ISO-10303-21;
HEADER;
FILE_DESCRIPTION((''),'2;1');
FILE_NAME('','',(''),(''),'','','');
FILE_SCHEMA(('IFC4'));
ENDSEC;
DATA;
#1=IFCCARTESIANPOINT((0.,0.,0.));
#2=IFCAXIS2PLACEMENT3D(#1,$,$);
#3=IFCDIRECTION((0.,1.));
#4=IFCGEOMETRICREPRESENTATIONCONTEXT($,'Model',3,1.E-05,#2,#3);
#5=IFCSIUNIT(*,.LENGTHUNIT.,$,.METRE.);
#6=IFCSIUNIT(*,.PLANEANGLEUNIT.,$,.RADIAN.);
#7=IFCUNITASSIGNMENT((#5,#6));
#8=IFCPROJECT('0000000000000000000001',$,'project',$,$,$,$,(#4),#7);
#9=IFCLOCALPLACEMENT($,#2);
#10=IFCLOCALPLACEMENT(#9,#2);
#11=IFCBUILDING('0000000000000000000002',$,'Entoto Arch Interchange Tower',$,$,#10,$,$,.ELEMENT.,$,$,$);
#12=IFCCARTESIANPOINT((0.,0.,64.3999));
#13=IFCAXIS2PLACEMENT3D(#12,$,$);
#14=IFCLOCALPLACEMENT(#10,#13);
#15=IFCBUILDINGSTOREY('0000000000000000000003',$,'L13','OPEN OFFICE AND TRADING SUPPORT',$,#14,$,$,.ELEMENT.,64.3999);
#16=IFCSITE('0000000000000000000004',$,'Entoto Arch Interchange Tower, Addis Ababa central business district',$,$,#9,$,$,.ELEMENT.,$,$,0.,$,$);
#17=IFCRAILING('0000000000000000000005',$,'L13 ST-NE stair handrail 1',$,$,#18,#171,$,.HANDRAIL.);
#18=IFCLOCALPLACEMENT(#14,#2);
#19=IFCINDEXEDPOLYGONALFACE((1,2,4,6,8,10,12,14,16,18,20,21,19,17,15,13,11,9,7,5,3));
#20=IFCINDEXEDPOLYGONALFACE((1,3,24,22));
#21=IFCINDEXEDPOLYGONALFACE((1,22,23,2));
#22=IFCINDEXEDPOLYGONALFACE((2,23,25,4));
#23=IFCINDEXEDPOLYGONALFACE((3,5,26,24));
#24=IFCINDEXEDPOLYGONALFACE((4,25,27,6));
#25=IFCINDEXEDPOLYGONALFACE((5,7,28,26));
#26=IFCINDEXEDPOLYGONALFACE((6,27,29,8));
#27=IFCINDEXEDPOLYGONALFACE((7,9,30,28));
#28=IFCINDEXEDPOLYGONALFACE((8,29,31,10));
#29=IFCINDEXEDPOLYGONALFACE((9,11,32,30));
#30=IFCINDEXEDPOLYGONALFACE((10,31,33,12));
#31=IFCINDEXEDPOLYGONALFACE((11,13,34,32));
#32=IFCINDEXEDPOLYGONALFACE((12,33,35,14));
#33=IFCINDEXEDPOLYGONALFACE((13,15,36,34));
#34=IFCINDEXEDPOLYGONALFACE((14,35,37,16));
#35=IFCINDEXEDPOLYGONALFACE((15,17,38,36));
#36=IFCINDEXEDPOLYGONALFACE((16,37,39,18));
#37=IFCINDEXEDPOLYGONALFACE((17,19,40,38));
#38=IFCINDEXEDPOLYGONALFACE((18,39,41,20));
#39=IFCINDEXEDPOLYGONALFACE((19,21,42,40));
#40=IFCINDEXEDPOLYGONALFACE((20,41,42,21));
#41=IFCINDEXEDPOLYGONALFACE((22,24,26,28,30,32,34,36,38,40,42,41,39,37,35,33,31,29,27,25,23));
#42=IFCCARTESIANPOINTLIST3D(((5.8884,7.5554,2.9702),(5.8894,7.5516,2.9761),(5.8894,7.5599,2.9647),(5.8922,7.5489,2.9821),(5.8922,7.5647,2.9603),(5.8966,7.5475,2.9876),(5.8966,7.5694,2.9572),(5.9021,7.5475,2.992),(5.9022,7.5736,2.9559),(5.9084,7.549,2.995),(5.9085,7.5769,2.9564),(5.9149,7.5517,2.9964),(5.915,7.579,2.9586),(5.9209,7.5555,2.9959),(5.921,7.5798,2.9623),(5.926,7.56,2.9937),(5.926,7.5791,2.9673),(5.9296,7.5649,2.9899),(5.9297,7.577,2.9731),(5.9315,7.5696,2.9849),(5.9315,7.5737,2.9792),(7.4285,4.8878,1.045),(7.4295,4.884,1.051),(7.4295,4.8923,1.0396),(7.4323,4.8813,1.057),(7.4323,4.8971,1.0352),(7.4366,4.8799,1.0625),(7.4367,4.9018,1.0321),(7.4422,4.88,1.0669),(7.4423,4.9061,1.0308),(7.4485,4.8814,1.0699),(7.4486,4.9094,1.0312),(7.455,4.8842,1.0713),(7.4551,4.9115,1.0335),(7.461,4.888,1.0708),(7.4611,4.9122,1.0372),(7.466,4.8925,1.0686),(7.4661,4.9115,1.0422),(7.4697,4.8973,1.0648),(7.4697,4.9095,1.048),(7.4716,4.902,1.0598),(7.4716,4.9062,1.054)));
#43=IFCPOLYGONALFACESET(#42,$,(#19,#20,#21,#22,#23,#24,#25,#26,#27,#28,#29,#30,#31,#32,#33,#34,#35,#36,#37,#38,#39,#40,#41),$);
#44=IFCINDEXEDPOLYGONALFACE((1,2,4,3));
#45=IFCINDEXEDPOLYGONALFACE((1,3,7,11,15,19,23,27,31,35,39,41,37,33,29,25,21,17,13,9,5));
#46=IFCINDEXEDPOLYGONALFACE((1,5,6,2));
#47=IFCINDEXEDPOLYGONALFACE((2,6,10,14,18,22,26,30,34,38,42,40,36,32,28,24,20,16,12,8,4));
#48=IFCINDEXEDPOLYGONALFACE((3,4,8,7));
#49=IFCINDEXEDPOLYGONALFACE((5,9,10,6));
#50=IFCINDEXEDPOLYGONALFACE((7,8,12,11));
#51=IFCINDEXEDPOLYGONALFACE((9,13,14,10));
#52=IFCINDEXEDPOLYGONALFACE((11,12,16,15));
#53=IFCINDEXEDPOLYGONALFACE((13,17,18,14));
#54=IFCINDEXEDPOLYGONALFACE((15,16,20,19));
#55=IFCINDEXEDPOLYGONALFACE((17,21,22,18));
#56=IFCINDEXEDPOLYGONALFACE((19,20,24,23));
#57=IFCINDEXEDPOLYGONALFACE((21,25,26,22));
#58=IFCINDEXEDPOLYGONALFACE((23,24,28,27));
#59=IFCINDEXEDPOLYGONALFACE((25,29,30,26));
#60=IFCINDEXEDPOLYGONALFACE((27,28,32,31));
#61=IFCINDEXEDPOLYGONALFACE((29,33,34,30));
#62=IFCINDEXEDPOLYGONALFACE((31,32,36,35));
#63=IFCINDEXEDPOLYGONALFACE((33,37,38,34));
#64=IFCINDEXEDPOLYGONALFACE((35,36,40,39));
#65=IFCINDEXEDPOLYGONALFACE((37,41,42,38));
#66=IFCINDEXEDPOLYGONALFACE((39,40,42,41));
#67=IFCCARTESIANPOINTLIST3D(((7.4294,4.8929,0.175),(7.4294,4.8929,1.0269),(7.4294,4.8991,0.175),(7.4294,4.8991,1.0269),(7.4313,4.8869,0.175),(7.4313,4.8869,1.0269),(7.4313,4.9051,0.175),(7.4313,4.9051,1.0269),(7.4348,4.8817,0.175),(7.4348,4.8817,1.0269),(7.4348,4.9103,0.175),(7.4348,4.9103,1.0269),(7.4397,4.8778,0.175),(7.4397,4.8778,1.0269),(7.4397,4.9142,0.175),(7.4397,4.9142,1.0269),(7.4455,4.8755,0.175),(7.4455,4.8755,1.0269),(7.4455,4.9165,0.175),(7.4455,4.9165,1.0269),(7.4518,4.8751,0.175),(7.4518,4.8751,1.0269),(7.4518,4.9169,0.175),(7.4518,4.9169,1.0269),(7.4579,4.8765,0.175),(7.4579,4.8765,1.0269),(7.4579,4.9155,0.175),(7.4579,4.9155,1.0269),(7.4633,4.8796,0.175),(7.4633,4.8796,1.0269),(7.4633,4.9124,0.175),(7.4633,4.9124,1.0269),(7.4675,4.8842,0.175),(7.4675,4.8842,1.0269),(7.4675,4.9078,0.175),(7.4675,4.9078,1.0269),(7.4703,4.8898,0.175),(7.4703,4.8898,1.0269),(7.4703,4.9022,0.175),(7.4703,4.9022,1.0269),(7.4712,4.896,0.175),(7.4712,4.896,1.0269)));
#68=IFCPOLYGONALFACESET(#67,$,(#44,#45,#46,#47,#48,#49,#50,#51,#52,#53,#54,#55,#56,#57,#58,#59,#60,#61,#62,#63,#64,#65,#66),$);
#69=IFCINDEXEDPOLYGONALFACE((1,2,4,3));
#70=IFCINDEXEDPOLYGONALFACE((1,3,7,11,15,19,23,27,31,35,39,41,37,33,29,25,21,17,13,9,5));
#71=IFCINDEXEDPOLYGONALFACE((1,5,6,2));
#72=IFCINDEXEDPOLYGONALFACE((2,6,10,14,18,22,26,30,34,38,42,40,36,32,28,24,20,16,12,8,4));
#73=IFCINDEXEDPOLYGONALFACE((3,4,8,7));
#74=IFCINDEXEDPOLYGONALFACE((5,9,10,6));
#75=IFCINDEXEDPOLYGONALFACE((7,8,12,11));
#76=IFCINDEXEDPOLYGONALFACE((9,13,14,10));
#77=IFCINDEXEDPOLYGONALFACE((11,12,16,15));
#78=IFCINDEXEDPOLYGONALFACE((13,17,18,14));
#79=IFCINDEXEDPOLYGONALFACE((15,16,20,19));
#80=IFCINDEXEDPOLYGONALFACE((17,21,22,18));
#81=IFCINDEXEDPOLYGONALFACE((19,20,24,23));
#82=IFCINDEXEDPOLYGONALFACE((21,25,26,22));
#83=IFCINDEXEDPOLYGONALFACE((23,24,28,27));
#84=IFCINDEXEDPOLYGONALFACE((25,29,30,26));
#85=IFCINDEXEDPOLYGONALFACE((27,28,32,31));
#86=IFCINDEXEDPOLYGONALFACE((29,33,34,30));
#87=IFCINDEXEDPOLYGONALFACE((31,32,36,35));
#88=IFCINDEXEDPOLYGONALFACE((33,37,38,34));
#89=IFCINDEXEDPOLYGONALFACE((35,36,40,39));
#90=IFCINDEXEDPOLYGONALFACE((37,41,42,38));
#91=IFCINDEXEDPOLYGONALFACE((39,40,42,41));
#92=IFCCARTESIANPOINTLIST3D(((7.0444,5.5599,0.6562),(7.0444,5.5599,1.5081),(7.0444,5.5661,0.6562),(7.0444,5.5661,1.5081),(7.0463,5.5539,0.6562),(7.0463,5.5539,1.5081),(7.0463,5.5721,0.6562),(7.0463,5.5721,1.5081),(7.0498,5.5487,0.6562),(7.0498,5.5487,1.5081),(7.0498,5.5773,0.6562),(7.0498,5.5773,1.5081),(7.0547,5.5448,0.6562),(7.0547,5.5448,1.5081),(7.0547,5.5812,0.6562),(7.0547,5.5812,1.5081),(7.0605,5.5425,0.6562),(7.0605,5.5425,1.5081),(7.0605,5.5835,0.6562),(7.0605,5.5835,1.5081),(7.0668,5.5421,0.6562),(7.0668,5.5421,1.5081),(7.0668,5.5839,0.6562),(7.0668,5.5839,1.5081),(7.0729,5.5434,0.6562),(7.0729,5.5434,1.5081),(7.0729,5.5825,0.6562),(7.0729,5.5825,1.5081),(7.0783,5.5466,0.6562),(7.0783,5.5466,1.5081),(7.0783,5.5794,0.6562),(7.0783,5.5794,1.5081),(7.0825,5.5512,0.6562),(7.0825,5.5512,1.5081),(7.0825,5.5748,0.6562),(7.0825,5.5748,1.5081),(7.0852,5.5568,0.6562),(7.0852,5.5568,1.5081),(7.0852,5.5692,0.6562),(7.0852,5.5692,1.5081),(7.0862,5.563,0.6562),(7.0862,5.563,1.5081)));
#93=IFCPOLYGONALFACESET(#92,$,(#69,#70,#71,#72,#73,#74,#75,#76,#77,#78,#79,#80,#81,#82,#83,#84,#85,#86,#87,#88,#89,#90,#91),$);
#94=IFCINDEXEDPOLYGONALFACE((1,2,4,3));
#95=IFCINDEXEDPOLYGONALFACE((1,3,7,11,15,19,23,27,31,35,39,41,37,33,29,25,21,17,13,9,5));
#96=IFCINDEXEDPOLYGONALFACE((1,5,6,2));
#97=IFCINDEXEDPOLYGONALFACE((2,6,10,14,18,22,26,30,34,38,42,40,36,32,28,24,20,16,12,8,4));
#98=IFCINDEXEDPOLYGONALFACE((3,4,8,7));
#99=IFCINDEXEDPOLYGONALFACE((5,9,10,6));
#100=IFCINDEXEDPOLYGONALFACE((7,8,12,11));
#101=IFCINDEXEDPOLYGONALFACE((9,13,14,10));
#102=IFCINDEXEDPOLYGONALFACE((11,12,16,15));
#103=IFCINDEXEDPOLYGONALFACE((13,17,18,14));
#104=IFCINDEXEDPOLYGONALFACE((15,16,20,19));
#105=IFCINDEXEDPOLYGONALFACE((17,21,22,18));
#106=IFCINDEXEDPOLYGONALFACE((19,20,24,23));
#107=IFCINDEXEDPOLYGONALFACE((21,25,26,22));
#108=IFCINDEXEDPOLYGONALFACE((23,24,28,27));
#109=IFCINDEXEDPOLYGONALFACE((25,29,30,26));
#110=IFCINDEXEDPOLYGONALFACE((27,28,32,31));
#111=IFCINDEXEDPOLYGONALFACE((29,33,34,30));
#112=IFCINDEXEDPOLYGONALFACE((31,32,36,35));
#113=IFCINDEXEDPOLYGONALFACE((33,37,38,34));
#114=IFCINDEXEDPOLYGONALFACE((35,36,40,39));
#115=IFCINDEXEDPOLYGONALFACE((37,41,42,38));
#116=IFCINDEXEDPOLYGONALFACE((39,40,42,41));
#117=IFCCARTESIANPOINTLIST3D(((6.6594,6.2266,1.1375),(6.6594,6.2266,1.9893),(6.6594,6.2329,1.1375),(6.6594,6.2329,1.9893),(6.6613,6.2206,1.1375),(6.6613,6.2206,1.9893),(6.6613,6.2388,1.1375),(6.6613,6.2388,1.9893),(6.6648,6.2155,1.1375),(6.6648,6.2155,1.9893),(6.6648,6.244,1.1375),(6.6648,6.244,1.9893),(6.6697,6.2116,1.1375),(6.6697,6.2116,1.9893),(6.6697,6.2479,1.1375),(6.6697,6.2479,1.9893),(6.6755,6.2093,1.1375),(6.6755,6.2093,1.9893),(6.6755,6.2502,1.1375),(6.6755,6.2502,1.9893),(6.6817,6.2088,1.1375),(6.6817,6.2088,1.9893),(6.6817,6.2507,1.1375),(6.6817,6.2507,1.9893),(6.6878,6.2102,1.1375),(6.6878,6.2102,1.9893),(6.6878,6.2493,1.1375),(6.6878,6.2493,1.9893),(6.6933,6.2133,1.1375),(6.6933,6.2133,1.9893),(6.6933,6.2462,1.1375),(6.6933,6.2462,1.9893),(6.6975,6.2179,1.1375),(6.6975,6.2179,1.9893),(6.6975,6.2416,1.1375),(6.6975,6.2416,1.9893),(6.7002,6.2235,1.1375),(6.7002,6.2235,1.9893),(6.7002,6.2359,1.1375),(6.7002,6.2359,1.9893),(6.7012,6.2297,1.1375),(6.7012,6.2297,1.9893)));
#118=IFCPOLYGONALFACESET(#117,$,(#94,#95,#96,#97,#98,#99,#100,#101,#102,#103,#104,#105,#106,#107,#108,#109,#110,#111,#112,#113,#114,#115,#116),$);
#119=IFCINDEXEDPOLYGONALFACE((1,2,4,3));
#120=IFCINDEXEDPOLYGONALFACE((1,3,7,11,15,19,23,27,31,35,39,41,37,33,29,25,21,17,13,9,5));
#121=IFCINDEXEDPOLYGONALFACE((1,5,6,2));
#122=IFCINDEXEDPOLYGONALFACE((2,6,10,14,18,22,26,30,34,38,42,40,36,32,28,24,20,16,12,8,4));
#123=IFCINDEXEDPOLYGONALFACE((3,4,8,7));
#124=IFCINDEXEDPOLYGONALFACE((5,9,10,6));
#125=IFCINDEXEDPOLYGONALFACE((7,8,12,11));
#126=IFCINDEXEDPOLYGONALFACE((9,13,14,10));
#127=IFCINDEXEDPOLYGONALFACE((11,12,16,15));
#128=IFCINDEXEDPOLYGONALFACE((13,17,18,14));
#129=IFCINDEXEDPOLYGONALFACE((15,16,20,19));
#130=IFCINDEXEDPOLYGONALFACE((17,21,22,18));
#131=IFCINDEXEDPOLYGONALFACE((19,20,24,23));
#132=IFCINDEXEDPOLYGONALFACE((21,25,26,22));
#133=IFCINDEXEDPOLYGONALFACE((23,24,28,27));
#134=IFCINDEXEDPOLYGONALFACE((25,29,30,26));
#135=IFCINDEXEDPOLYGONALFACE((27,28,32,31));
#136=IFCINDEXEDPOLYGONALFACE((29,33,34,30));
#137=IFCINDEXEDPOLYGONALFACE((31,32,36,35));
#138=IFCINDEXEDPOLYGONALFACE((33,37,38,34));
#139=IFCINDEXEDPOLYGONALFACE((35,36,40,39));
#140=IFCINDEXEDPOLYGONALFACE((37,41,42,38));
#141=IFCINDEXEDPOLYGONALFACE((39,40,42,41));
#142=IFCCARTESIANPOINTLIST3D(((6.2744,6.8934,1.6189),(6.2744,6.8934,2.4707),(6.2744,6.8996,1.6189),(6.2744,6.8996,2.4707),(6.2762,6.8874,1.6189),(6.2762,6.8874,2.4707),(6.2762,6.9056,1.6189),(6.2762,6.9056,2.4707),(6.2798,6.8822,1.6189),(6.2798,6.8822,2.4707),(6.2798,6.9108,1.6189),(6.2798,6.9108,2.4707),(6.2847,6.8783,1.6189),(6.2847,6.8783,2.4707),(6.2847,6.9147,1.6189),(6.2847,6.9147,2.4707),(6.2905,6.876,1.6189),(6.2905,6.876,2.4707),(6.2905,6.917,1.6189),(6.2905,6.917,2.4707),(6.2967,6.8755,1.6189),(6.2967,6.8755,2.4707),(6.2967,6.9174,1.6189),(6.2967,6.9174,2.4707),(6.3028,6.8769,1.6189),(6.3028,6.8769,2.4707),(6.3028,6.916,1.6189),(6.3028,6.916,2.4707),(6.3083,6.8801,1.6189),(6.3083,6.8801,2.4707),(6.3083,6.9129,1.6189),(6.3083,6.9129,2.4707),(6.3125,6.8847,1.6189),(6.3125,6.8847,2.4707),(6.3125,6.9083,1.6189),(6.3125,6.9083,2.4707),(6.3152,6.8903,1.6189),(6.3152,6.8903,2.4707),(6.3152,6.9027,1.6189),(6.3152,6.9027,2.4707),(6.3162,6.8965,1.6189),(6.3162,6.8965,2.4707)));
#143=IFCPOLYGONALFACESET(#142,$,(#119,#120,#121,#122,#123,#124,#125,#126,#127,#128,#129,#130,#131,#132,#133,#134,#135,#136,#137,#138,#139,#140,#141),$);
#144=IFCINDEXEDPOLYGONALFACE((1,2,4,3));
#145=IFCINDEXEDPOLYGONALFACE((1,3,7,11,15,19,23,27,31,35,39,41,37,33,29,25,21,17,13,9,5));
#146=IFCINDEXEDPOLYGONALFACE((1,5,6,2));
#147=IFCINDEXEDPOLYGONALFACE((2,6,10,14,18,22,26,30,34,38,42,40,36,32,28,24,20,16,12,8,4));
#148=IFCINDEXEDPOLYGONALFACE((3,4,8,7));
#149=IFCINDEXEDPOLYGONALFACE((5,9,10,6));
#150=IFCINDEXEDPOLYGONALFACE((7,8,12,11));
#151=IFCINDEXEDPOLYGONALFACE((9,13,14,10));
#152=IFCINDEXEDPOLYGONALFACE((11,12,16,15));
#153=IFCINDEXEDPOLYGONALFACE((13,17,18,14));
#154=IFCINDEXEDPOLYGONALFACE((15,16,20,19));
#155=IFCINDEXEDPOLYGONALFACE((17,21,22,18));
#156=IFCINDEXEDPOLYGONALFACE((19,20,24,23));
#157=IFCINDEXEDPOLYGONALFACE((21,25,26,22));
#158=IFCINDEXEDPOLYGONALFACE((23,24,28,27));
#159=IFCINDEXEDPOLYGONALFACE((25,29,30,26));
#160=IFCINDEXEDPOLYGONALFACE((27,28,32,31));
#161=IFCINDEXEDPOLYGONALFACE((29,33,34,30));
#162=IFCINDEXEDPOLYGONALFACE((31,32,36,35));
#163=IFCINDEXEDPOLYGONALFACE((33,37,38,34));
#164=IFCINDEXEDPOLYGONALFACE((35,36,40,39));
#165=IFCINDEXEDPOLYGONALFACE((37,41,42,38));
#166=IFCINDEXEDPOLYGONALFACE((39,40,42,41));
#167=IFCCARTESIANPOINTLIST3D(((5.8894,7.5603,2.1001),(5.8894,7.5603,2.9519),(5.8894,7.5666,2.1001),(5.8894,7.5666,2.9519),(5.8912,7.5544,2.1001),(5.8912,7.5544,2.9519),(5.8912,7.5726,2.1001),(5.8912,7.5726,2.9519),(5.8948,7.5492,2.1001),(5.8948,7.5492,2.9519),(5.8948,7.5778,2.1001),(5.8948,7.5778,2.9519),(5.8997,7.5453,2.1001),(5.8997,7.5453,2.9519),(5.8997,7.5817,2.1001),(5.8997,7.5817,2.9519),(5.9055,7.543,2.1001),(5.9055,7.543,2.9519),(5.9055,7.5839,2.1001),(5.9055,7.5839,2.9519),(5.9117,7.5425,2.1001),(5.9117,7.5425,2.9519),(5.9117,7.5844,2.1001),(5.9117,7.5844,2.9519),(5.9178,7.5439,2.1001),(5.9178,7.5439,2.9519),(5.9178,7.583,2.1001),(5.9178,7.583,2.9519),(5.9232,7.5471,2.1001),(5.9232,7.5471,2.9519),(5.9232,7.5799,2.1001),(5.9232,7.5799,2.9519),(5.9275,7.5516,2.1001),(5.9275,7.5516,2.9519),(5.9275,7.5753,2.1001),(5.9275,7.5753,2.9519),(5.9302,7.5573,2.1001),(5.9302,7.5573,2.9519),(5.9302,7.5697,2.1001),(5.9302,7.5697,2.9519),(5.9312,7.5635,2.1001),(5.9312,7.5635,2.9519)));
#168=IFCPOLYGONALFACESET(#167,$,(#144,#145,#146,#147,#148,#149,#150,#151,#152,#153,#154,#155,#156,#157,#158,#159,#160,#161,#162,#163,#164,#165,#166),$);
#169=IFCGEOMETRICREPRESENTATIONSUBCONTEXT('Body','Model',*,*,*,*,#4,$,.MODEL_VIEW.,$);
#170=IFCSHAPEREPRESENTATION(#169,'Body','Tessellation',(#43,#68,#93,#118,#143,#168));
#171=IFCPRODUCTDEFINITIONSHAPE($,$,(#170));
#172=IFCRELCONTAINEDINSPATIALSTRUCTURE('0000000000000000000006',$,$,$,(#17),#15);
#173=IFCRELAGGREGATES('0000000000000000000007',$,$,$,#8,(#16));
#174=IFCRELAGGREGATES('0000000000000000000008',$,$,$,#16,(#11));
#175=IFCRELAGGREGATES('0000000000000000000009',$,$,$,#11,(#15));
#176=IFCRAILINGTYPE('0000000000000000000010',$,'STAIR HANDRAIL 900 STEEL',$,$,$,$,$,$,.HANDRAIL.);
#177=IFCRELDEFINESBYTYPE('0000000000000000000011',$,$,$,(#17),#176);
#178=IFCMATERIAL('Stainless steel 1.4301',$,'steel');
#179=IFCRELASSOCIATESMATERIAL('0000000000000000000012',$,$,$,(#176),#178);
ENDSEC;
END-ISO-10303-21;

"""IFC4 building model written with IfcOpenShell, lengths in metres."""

from ifc_helpers import new_model, si_unit, direction, frame, origin, origin_2d, place, context, subcontext, project, spatial, circle, extrude, material, type_object, element, save


model = new_model("IFC4")

# Units and contexts
model_context = context("Model", 3, precision=1e-05, world=origin(), true_north=direction((0.0, 1.0)))
body_context = subcontext(model_context, "Body", "Model", "MODEL_VIEW")
ifc_project = project(units=[si_unit("LENGTHUNIT", "METRE"), si_unit("PLANEANGLEUNIT", "RADIAN")], contexts=[model_context])

# Site, building, storey
site_placement = place(None, origin())
site = spatial("IfcSite", under=ifc_project, at=site_placement, Name="Entoto Arch Interchange Tower, Addis Ababa central business district", CompositionType="ELEMENT", RefElevation=0.0)
building_placement = place(site_placement, origin())
building = spatial("IfcBuilding", under=site, at=building_placement, Name="Entoto Arch Interchange Tower", CompositionType="ELEMENT")
storey_placement = place(building_placement, frame((0.0, 0.0, 64.3999)))
storey = spatial("IfcBuildingStorey", under=building, at=storey_placement, Name="L13", Description="OPEN OFFICE AND TRADING SUPPORT", CompositionType="ELEMENT", Elevation=64.3999)

# Railing
ifc_material_1 = material(Name="Stainless steel 1.4301", Category="steel")
railing_type_1 = type_object("IfcRailingType", Name="STAIR HANDRAIL 900 STEEL", PredefinedType="HANDRAIL", material=ifc_material_1)
railing_1_placement = place(storey_placement, frame((7.4502, 4.896, 0.175)))
element("IfcRailing", 1, at=railing_1_placement, inside=storey, type_object=railing_type_1, Name="L13 ST-NE stair handrail 1", PredefinedType="HANDRAIL", context=body_context, shape_type="SweptSolid", body=[
    extrude(circle(Radius=0.0239, at=origin_2d()), frame((0.0, 0.0, 0.876), z_axis=(-0.423994, 0.734395, 0.529993), x_axis=(-0.86603, -0.499992, 0.0)), (0.0, 0.0, 1.0), 3.6323),
    extrude(circle(Radius=0.021, at=origin_2d()), origin(), (0.0, 0.0, 1.0), 0.8518),
    extrude(circle(Radius=0.021, at=origin_2d()), frame((-0.385, 0.667, 0.4812)), (0.0, 0.0, 1.0), 0.8518),
    extrude(circle(Radius=0.021, at=origin_2d()), frame((-0.77, 1.3337, 0.9624)), (0.0, 0.0, 1.0), 0.8518),
    extrude(circle(Radius=0.021, at=origin_2d()), frame((-1.155, 2.0005, 1.4438)), (0.0, 0.0, 1.0), 0.8518),
    extrude(circle(Radius=0.021, at=origin_2d()), frame((-1.54, 2.6675, 1.925)), (0.0, 0.0, 1.0), 0.8518),
])

save(model, "model.ifc")
